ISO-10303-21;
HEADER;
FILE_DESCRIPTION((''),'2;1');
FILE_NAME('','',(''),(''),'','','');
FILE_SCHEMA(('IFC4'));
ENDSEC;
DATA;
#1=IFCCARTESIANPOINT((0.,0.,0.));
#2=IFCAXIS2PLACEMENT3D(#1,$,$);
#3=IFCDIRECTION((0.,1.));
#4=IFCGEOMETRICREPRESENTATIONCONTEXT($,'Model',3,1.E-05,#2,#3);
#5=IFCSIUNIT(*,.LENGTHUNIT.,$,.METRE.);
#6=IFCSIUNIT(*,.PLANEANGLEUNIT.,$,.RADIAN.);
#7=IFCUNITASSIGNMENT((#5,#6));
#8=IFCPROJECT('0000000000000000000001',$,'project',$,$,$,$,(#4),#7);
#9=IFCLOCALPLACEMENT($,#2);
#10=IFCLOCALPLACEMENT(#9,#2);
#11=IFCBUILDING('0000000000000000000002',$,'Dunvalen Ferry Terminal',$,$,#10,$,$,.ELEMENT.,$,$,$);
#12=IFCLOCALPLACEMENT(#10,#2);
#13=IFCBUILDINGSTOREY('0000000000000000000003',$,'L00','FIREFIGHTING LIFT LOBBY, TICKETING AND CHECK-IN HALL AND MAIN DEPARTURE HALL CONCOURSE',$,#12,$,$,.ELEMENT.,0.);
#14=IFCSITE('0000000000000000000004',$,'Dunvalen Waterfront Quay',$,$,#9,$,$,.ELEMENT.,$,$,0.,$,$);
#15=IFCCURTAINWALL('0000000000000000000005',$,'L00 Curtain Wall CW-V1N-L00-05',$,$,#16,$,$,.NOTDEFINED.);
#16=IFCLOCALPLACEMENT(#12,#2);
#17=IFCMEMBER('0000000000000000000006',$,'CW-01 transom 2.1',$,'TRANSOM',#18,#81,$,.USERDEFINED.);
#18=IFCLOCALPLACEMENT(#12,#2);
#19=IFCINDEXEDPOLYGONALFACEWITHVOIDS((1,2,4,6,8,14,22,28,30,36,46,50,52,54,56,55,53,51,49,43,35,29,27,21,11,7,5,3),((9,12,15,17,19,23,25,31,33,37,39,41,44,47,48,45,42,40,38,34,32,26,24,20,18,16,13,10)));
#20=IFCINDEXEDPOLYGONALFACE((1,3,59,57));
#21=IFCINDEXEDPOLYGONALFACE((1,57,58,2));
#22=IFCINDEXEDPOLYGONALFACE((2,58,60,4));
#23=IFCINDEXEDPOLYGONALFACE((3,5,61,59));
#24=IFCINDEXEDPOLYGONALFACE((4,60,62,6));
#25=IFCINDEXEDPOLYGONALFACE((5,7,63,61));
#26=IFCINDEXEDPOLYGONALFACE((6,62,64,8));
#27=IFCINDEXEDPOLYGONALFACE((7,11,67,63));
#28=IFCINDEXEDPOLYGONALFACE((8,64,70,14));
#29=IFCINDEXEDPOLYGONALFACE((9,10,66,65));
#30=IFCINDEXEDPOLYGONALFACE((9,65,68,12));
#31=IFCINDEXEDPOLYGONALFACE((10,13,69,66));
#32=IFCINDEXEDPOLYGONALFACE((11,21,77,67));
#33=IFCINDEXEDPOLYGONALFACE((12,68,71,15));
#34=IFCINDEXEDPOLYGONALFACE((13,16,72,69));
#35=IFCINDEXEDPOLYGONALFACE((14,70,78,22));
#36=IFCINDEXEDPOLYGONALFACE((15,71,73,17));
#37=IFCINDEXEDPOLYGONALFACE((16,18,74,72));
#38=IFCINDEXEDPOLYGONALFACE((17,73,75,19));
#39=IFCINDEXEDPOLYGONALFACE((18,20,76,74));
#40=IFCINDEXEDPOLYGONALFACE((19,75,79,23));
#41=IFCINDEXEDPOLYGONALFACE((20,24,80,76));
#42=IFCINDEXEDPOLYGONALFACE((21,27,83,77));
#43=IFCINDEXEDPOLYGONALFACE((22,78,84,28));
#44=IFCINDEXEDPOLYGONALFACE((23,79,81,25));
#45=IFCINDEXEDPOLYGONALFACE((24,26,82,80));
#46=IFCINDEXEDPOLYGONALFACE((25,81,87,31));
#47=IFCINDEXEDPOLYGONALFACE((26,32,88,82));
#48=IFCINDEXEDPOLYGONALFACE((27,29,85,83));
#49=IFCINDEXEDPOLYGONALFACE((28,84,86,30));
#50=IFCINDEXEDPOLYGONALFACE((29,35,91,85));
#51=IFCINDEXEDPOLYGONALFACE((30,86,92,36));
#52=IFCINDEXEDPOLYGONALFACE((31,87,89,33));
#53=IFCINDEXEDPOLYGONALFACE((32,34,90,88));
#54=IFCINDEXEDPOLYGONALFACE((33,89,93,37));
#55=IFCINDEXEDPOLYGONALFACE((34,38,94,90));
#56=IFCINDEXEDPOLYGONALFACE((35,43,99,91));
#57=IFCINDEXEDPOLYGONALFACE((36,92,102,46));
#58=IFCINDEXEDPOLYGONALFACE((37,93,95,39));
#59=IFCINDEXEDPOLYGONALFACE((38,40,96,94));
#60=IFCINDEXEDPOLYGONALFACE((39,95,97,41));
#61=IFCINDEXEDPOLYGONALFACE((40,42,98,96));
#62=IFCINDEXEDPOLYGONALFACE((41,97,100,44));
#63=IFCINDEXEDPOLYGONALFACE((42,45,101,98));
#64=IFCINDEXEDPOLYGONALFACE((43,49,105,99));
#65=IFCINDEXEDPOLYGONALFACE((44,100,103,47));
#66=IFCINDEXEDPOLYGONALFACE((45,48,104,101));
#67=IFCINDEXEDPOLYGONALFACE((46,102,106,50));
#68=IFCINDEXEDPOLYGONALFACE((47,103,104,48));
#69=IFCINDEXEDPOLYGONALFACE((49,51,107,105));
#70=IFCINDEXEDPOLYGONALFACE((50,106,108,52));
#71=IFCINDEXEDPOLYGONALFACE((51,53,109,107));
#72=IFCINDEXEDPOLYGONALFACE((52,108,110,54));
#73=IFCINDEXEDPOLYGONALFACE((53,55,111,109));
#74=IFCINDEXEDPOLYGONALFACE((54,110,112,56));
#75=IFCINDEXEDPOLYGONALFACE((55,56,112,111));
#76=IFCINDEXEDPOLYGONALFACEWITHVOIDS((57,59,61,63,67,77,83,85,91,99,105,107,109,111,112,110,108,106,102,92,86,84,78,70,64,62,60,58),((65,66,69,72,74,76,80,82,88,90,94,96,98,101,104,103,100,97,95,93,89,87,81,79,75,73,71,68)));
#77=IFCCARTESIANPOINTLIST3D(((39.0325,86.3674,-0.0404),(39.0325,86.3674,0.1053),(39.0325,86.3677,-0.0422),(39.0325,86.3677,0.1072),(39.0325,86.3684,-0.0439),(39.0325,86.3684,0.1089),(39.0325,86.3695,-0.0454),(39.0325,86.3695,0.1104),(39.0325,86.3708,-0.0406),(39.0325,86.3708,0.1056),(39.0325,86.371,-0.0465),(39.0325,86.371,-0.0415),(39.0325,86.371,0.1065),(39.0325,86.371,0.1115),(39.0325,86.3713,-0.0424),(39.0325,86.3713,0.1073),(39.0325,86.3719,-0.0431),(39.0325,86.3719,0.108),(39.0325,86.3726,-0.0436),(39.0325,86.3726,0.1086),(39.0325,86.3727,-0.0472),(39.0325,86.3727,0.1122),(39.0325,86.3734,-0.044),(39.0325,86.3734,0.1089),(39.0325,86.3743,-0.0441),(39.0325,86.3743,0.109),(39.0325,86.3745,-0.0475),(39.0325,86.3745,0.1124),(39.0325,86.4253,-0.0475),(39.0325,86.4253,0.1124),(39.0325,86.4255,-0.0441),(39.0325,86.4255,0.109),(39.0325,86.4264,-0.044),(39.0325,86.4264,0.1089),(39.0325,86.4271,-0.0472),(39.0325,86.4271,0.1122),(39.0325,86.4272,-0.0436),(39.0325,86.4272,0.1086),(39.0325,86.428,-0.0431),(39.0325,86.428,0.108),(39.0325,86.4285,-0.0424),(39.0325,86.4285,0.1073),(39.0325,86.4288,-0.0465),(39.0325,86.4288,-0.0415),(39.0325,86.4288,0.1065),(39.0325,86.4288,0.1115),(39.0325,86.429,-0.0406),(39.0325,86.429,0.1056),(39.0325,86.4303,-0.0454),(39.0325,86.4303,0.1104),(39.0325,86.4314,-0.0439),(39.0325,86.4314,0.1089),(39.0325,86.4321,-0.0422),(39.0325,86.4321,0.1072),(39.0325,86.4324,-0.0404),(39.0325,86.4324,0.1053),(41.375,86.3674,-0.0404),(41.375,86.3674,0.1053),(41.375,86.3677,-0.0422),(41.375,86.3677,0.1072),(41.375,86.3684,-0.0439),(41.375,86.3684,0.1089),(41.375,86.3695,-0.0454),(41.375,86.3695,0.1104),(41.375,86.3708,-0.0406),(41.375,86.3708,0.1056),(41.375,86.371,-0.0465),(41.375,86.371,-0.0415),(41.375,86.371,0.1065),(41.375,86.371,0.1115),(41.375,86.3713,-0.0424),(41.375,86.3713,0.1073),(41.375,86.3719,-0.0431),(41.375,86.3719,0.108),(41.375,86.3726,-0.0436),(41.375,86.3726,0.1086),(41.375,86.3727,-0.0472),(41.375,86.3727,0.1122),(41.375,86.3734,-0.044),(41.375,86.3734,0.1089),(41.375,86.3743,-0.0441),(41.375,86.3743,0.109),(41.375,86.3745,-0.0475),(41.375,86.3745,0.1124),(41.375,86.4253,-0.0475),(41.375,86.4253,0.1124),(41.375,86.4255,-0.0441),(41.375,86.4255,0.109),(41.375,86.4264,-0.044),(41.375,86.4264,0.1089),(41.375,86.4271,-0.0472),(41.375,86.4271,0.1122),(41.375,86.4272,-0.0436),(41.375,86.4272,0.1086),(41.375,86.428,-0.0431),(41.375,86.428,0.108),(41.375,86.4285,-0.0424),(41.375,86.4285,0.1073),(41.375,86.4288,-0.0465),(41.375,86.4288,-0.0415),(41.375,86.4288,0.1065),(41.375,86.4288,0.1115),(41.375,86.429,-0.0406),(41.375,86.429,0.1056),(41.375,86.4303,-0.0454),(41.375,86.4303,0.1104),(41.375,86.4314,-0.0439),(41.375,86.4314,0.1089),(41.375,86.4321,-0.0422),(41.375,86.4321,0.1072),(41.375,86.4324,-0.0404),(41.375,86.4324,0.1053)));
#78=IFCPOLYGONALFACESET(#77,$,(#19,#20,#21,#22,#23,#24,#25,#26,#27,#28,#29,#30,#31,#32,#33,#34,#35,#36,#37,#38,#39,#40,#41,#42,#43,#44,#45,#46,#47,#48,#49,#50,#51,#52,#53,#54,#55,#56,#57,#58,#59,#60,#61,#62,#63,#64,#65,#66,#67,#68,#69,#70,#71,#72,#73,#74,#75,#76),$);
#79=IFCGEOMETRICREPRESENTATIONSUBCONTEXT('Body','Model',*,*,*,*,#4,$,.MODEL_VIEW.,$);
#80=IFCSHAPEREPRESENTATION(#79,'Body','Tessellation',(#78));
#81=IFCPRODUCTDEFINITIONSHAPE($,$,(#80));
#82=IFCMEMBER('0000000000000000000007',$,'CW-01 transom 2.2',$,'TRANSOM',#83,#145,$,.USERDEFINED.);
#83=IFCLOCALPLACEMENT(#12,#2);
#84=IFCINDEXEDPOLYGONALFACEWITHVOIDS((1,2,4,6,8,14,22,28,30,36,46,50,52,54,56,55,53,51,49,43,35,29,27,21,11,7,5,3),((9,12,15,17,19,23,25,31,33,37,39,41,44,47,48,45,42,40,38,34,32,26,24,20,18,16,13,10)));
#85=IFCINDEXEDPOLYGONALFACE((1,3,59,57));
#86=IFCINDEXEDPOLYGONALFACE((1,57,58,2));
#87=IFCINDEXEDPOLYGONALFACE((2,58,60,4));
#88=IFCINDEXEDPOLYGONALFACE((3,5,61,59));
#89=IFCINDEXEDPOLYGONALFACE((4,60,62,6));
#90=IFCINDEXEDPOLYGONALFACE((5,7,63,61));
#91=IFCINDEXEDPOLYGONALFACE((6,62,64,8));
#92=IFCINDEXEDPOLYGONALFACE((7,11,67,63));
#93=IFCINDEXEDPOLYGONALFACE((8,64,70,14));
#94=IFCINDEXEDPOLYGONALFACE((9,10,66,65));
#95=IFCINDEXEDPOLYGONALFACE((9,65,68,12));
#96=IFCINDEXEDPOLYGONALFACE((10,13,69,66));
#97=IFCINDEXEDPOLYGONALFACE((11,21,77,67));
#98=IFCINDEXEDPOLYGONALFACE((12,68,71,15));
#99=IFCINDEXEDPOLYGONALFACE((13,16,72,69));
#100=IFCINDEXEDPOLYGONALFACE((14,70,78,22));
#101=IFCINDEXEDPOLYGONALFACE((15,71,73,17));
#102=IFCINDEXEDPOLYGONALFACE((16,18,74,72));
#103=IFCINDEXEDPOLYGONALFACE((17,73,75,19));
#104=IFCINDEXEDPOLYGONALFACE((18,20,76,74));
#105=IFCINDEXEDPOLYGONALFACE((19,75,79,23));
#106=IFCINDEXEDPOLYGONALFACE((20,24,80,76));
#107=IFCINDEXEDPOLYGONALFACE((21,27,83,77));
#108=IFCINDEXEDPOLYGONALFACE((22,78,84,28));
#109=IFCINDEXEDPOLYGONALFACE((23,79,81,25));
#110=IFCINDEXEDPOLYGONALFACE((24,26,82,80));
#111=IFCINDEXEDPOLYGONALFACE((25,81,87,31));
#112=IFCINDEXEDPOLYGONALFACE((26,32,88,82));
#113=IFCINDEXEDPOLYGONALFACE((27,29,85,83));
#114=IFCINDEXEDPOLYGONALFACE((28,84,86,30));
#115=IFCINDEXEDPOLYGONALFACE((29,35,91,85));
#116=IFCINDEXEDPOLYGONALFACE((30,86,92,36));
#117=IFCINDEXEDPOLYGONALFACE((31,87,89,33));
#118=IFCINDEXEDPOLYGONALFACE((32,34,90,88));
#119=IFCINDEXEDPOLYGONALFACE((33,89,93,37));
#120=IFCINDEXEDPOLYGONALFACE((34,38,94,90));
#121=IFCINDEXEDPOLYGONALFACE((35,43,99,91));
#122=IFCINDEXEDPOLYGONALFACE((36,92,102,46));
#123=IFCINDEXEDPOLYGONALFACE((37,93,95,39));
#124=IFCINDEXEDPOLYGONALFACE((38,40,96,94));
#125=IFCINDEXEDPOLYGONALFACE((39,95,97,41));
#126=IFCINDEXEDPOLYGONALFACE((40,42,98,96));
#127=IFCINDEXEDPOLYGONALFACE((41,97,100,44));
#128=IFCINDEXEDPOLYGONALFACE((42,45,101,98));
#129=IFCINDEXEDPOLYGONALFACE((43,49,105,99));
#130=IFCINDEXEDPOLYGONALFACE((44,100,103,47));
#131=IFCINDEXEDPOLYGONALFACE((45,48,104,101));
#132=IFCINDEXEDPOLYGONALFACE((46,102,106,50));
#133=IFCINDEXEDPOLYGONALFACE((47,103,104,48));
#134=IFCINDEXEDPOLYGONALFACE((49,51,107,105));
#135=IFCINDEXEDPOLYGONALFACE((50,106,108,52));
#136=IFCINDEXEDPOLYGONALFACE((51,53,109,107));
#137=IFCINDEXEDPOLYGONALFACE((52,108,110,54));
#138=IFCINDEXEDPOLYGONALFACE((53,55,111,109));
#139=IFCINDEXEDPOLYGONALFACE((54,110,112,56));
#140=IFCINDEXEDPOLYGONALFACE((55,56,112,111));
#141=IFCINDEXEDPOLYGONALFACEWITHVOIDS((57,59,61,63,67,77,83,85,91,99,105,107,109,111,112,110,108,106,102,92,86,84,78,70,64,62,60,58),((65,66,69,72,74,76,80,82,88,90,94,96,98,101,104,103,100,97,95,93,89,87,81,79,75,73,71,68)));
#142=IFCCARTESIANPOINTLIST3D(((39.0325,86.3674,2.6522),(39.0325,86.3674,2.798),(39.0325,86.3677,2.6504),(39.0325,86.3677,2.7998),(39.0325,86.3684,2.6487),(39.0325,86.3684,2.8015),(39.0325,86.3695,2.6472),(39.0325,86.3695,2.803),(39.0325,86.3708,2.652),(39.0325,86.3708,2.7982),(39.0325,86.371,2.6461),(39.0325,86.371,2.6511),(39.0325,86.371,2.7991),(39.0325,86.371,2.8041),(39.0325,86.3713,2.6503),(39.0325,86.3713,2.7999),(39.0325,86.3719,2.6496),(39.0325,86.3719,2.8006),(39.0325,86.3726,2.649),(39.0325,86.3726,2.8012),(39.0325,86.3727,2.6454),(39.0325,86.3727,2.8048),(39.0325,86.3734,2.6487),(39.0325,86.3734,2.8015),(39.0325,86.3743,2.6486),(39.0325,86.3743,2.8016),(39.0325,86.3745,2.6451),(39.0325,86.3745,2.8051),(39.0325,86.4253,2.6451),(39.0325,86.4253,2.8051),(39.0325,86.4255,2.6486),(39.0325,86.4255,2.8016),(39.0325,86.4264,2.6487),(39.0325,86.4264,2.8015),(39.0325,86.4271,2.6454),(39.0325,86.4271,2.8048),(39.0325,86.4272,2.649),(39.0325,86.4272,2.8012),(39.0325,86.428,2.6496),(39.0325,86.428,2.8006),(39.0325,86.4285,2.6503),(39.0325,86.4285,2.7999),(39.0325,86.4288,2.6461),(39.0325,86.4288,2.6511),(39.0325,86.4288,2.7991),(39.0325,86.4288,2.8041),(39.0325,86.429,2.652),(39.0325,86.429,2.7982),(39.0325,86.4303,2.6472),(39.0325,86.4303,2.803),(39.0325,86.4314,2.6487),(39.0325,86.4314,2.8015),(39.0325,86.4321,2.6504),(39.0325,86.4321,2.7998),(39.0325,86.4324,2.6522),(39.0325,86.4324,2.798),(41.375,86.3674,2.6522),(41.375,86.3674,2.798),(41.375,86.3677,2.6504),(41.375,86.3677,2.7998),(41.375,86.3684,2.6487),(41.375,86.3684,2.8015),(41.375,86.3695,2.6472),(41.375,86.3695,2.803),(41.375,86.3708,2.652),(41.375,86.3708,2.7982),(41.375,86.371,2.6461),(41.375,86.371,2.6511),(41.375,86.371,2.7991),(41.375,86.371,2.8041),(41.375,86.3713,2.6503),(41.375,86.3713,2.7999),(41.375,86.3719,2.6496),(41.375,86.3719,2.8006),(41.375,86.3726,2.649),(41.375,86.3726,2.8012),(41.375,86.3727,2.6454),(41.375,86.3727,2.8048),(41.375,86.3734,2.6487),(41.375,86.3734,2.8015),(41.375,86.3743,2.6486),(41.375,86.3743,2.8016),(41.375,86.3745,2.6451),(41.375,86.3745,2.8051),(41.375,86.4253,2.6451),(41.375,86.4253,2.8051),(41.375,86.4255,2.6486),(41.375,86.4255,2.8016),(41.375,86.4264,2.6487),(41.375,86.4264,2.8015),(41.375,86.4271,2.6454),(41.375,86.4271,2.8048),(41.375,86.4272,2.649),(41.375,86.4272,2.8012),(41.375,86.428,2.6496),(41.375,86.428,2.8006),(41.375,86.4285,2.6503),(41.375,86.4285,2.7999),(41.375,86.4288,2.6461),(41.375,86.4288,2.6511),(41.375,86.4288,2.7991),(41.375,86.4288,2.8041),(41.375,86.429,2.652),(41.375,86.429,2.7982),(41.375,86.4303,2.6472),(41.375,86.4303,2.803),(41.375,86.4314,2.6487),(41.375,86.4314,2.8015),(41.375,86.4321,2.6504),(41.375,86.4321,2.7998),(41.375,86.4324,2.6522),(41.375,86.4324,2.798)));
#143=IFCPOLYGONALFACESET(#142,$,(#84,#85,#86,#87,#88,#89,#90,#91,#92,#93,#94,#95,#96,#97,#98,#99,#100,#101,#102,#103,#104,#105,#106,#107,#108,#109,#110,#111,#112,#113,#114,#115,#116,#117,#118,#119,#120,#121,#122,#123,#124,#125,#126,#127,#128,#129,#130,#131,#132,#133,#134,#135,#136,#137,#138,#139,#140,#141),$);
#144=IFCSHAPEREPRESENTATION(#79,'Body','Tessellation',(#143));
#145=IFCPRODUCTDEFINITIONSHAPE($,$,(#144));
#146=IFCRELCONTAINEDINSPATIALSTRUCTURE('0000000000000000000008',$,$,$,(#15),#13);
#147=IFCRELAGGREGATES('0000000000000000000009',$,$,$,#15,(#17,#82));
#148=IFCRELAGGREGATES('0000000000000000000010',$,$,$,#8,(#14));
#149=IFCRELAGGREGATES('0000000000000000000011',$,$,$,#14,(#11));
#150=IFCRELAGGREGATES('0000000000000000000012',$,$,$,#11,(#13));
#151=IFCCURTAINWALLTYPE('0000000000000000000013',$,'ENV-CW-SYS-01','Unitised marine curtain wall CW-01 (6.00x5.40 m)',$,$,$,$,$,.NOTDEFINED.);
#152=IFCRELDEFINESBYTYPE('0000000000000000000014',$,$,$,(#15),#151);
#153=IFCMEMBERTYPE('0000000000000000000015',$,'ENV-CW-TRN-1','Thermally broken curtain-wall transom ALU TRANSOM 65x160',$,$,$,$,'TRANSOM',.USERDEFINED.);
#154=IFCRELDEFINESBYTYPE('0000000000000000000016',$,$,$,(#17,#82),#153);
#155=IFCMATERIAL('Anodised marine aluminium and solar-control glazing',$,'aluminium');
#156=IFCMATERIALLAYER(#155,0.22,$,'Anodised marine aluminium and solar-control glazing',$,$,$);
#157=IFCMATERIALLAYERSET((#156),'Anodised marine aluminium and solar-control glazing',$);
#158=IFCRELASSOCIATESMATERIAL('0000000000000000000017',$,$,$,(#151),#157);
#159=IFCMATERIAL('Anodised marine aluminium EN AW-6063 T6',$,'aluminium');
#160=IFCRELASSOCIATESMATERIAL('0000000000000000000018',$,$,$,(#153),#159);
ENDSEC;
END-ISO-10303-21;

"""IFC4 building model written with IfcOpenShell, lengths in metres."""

from ifc_helpers import new_model, si_unit, direction, frame, origin, origin_2d, place, context, subcontext, project, spatial, hollow_rectangle, extrude, material, layer, layer_set, material_profile, profile_set, type_object, element, aggregate, save


model = new_model("IFC4")

# Units and contexts
model_context = context("Model", 3, precision=1e-05, world=origin(), true_north=direction((0.0, 1.0)))
body_context = subcontext(model_context, "Body", "Model", "MODEL_VIEW")
ifc_project = project(units=[si_unit("LENGTHUNIT", "METRE"), si_unit("PLANEANGLEUNIT", "RADIAN")], contexts=[model_context])

# Site, building, storey
site_placement = place(None, origin())
site = spatial("IfcSite", under=ifc_project, at=site_placement, Name="Dunvalen Waterfront Quay", CompositionType="ELEMENT", RefElevation=0.0)
building_placement = place(site_placement, origin())
building = spatial("IfcBuilding", under=site, at=building_placement, Name="Dunvalen Ferry Terminal", CompositionType="ELEMENT")
storey_placement = place(building_placement, origin())
storey = spatial("IfcBuildingStorey", under=building, at=storey_placement, Name="L00", Description="FIREFIGHTING LIFT LOBBY, TICKETING AND CHECK-IN HALL AND MAIN DEPARTURE HALL CONCOURSE", CompositionType="ELEMENT", Elevation=0.0)

# Shared definitions
ifc_material_1 = material(Name="Anodised marine aluminium and solar-control glazing", Category="aluminium")
ifc_layer_1 = layer(ifc_material_1, 0.22, Name="Anodised marine aluminium and solar-control glazing")
ifc_layer_set_1 = layer_set([ifc_layer_1], Name="Anodised marine aluminium and solar-control glazing")
curtain_wall_type = type_object("IfcCurtainWallType", Name="ENV-CW-SYS-01", Description="Unitised marine curtain wall CW-01 (6.00x5.40 m)", PredefinedType="NOTDEFINED", material=ifc_layer_set_1)
ifc_material_2 = material(Name="Anodised marine aluminium EN AW-6063 T6", Category="aluminium")

# Curtain wall, members
curtain_wall_1_placement = place(storey_placement, origin())
curtain_wall_1 = element("IfcCurtainWall", 1, at=curtain_wall_1_placement, inside=storey, type_object=curtain_wall_type, Name="L00 Curtain Wall CW-V1N-L00-05", PredefinedType="NOTDEFINED")
ifc_material_profile_1 = material_profile(ifc_material_2, hollow_rectangle(XDim=0.0649, YDim=0.1599, WallThickness=0.0034, InnerFilletRadius=0.0034, OuterFilletRadius=0.0071, at=origin_2d()), Name="Anodised marine aluminium EN AW-6063 T6")
ifc_profile_set_1 = profile_set([ifc_material_profile_1], Name="Anodised marine aluminium EN AW-6063 T6")
member_type_1 = type_object("IfcMemberType", Name="ENV-CW-TRN-1", Description="Thermally broken curtain-wall transom ALU TRANSOM 65x160", ElementType="TRANSOM", PredefinedType="USERDEFINED", material=ifc_profile_set_1)
member_1_placement = place(storey_placement, frame((39.0325, 86.3999, 0.0325), z_axis=(1.0, 0.0, 0.0), x_axis=(0.0, 1.0, 0.0)))
member_1 = element("IfcMember", 2, at=member_1_placement, type_object=member_type_1, Name="CW-01 transom 2.1", ObjectType="TRANSOM", PredefinedType="USERDEFINED", context=body_context, shape_type="SweptSolid", body=[
    extrude(hollow_rectangle(XDim=0.0649, YDim=0.1599, WallThickness=0.0034, InnerFilletRadius=0.0034, OuterFilletRadius=0.0071, at=origin_2d()), origin(), (0.0, 0.0, 1.0), 2.3425),
])
member_2_placement = place(storey_placement, frame((39.0325, 86.3999, 2.7251), z_axis=(1.0, 0.0, 0.0), x_axis=(0.0, 1.0, 0.0)))
member_2 = element("IfcMember", 3, at=member_2_placement, type_object=member_type_1, Name="CW-01 transom 2.2", ObjectType="TRANSOM", PredefinedType="USERDEFINED", context=body_context, shape_type="SweptSolid", body=[
    extrude(hollow_rectangle(XDim=0.0649, YDim=0.1599, WallThickness=0.0034, InnerFilletRadius=0.0034, OuterFilletRadius=0.0071, at=origin_2d()), origin(), (0.0, 0.0, 1.0), 2.3425),
])

aggregate(curtain_wall_1, [member_1, member_2])

save(model, "model.ifc")
